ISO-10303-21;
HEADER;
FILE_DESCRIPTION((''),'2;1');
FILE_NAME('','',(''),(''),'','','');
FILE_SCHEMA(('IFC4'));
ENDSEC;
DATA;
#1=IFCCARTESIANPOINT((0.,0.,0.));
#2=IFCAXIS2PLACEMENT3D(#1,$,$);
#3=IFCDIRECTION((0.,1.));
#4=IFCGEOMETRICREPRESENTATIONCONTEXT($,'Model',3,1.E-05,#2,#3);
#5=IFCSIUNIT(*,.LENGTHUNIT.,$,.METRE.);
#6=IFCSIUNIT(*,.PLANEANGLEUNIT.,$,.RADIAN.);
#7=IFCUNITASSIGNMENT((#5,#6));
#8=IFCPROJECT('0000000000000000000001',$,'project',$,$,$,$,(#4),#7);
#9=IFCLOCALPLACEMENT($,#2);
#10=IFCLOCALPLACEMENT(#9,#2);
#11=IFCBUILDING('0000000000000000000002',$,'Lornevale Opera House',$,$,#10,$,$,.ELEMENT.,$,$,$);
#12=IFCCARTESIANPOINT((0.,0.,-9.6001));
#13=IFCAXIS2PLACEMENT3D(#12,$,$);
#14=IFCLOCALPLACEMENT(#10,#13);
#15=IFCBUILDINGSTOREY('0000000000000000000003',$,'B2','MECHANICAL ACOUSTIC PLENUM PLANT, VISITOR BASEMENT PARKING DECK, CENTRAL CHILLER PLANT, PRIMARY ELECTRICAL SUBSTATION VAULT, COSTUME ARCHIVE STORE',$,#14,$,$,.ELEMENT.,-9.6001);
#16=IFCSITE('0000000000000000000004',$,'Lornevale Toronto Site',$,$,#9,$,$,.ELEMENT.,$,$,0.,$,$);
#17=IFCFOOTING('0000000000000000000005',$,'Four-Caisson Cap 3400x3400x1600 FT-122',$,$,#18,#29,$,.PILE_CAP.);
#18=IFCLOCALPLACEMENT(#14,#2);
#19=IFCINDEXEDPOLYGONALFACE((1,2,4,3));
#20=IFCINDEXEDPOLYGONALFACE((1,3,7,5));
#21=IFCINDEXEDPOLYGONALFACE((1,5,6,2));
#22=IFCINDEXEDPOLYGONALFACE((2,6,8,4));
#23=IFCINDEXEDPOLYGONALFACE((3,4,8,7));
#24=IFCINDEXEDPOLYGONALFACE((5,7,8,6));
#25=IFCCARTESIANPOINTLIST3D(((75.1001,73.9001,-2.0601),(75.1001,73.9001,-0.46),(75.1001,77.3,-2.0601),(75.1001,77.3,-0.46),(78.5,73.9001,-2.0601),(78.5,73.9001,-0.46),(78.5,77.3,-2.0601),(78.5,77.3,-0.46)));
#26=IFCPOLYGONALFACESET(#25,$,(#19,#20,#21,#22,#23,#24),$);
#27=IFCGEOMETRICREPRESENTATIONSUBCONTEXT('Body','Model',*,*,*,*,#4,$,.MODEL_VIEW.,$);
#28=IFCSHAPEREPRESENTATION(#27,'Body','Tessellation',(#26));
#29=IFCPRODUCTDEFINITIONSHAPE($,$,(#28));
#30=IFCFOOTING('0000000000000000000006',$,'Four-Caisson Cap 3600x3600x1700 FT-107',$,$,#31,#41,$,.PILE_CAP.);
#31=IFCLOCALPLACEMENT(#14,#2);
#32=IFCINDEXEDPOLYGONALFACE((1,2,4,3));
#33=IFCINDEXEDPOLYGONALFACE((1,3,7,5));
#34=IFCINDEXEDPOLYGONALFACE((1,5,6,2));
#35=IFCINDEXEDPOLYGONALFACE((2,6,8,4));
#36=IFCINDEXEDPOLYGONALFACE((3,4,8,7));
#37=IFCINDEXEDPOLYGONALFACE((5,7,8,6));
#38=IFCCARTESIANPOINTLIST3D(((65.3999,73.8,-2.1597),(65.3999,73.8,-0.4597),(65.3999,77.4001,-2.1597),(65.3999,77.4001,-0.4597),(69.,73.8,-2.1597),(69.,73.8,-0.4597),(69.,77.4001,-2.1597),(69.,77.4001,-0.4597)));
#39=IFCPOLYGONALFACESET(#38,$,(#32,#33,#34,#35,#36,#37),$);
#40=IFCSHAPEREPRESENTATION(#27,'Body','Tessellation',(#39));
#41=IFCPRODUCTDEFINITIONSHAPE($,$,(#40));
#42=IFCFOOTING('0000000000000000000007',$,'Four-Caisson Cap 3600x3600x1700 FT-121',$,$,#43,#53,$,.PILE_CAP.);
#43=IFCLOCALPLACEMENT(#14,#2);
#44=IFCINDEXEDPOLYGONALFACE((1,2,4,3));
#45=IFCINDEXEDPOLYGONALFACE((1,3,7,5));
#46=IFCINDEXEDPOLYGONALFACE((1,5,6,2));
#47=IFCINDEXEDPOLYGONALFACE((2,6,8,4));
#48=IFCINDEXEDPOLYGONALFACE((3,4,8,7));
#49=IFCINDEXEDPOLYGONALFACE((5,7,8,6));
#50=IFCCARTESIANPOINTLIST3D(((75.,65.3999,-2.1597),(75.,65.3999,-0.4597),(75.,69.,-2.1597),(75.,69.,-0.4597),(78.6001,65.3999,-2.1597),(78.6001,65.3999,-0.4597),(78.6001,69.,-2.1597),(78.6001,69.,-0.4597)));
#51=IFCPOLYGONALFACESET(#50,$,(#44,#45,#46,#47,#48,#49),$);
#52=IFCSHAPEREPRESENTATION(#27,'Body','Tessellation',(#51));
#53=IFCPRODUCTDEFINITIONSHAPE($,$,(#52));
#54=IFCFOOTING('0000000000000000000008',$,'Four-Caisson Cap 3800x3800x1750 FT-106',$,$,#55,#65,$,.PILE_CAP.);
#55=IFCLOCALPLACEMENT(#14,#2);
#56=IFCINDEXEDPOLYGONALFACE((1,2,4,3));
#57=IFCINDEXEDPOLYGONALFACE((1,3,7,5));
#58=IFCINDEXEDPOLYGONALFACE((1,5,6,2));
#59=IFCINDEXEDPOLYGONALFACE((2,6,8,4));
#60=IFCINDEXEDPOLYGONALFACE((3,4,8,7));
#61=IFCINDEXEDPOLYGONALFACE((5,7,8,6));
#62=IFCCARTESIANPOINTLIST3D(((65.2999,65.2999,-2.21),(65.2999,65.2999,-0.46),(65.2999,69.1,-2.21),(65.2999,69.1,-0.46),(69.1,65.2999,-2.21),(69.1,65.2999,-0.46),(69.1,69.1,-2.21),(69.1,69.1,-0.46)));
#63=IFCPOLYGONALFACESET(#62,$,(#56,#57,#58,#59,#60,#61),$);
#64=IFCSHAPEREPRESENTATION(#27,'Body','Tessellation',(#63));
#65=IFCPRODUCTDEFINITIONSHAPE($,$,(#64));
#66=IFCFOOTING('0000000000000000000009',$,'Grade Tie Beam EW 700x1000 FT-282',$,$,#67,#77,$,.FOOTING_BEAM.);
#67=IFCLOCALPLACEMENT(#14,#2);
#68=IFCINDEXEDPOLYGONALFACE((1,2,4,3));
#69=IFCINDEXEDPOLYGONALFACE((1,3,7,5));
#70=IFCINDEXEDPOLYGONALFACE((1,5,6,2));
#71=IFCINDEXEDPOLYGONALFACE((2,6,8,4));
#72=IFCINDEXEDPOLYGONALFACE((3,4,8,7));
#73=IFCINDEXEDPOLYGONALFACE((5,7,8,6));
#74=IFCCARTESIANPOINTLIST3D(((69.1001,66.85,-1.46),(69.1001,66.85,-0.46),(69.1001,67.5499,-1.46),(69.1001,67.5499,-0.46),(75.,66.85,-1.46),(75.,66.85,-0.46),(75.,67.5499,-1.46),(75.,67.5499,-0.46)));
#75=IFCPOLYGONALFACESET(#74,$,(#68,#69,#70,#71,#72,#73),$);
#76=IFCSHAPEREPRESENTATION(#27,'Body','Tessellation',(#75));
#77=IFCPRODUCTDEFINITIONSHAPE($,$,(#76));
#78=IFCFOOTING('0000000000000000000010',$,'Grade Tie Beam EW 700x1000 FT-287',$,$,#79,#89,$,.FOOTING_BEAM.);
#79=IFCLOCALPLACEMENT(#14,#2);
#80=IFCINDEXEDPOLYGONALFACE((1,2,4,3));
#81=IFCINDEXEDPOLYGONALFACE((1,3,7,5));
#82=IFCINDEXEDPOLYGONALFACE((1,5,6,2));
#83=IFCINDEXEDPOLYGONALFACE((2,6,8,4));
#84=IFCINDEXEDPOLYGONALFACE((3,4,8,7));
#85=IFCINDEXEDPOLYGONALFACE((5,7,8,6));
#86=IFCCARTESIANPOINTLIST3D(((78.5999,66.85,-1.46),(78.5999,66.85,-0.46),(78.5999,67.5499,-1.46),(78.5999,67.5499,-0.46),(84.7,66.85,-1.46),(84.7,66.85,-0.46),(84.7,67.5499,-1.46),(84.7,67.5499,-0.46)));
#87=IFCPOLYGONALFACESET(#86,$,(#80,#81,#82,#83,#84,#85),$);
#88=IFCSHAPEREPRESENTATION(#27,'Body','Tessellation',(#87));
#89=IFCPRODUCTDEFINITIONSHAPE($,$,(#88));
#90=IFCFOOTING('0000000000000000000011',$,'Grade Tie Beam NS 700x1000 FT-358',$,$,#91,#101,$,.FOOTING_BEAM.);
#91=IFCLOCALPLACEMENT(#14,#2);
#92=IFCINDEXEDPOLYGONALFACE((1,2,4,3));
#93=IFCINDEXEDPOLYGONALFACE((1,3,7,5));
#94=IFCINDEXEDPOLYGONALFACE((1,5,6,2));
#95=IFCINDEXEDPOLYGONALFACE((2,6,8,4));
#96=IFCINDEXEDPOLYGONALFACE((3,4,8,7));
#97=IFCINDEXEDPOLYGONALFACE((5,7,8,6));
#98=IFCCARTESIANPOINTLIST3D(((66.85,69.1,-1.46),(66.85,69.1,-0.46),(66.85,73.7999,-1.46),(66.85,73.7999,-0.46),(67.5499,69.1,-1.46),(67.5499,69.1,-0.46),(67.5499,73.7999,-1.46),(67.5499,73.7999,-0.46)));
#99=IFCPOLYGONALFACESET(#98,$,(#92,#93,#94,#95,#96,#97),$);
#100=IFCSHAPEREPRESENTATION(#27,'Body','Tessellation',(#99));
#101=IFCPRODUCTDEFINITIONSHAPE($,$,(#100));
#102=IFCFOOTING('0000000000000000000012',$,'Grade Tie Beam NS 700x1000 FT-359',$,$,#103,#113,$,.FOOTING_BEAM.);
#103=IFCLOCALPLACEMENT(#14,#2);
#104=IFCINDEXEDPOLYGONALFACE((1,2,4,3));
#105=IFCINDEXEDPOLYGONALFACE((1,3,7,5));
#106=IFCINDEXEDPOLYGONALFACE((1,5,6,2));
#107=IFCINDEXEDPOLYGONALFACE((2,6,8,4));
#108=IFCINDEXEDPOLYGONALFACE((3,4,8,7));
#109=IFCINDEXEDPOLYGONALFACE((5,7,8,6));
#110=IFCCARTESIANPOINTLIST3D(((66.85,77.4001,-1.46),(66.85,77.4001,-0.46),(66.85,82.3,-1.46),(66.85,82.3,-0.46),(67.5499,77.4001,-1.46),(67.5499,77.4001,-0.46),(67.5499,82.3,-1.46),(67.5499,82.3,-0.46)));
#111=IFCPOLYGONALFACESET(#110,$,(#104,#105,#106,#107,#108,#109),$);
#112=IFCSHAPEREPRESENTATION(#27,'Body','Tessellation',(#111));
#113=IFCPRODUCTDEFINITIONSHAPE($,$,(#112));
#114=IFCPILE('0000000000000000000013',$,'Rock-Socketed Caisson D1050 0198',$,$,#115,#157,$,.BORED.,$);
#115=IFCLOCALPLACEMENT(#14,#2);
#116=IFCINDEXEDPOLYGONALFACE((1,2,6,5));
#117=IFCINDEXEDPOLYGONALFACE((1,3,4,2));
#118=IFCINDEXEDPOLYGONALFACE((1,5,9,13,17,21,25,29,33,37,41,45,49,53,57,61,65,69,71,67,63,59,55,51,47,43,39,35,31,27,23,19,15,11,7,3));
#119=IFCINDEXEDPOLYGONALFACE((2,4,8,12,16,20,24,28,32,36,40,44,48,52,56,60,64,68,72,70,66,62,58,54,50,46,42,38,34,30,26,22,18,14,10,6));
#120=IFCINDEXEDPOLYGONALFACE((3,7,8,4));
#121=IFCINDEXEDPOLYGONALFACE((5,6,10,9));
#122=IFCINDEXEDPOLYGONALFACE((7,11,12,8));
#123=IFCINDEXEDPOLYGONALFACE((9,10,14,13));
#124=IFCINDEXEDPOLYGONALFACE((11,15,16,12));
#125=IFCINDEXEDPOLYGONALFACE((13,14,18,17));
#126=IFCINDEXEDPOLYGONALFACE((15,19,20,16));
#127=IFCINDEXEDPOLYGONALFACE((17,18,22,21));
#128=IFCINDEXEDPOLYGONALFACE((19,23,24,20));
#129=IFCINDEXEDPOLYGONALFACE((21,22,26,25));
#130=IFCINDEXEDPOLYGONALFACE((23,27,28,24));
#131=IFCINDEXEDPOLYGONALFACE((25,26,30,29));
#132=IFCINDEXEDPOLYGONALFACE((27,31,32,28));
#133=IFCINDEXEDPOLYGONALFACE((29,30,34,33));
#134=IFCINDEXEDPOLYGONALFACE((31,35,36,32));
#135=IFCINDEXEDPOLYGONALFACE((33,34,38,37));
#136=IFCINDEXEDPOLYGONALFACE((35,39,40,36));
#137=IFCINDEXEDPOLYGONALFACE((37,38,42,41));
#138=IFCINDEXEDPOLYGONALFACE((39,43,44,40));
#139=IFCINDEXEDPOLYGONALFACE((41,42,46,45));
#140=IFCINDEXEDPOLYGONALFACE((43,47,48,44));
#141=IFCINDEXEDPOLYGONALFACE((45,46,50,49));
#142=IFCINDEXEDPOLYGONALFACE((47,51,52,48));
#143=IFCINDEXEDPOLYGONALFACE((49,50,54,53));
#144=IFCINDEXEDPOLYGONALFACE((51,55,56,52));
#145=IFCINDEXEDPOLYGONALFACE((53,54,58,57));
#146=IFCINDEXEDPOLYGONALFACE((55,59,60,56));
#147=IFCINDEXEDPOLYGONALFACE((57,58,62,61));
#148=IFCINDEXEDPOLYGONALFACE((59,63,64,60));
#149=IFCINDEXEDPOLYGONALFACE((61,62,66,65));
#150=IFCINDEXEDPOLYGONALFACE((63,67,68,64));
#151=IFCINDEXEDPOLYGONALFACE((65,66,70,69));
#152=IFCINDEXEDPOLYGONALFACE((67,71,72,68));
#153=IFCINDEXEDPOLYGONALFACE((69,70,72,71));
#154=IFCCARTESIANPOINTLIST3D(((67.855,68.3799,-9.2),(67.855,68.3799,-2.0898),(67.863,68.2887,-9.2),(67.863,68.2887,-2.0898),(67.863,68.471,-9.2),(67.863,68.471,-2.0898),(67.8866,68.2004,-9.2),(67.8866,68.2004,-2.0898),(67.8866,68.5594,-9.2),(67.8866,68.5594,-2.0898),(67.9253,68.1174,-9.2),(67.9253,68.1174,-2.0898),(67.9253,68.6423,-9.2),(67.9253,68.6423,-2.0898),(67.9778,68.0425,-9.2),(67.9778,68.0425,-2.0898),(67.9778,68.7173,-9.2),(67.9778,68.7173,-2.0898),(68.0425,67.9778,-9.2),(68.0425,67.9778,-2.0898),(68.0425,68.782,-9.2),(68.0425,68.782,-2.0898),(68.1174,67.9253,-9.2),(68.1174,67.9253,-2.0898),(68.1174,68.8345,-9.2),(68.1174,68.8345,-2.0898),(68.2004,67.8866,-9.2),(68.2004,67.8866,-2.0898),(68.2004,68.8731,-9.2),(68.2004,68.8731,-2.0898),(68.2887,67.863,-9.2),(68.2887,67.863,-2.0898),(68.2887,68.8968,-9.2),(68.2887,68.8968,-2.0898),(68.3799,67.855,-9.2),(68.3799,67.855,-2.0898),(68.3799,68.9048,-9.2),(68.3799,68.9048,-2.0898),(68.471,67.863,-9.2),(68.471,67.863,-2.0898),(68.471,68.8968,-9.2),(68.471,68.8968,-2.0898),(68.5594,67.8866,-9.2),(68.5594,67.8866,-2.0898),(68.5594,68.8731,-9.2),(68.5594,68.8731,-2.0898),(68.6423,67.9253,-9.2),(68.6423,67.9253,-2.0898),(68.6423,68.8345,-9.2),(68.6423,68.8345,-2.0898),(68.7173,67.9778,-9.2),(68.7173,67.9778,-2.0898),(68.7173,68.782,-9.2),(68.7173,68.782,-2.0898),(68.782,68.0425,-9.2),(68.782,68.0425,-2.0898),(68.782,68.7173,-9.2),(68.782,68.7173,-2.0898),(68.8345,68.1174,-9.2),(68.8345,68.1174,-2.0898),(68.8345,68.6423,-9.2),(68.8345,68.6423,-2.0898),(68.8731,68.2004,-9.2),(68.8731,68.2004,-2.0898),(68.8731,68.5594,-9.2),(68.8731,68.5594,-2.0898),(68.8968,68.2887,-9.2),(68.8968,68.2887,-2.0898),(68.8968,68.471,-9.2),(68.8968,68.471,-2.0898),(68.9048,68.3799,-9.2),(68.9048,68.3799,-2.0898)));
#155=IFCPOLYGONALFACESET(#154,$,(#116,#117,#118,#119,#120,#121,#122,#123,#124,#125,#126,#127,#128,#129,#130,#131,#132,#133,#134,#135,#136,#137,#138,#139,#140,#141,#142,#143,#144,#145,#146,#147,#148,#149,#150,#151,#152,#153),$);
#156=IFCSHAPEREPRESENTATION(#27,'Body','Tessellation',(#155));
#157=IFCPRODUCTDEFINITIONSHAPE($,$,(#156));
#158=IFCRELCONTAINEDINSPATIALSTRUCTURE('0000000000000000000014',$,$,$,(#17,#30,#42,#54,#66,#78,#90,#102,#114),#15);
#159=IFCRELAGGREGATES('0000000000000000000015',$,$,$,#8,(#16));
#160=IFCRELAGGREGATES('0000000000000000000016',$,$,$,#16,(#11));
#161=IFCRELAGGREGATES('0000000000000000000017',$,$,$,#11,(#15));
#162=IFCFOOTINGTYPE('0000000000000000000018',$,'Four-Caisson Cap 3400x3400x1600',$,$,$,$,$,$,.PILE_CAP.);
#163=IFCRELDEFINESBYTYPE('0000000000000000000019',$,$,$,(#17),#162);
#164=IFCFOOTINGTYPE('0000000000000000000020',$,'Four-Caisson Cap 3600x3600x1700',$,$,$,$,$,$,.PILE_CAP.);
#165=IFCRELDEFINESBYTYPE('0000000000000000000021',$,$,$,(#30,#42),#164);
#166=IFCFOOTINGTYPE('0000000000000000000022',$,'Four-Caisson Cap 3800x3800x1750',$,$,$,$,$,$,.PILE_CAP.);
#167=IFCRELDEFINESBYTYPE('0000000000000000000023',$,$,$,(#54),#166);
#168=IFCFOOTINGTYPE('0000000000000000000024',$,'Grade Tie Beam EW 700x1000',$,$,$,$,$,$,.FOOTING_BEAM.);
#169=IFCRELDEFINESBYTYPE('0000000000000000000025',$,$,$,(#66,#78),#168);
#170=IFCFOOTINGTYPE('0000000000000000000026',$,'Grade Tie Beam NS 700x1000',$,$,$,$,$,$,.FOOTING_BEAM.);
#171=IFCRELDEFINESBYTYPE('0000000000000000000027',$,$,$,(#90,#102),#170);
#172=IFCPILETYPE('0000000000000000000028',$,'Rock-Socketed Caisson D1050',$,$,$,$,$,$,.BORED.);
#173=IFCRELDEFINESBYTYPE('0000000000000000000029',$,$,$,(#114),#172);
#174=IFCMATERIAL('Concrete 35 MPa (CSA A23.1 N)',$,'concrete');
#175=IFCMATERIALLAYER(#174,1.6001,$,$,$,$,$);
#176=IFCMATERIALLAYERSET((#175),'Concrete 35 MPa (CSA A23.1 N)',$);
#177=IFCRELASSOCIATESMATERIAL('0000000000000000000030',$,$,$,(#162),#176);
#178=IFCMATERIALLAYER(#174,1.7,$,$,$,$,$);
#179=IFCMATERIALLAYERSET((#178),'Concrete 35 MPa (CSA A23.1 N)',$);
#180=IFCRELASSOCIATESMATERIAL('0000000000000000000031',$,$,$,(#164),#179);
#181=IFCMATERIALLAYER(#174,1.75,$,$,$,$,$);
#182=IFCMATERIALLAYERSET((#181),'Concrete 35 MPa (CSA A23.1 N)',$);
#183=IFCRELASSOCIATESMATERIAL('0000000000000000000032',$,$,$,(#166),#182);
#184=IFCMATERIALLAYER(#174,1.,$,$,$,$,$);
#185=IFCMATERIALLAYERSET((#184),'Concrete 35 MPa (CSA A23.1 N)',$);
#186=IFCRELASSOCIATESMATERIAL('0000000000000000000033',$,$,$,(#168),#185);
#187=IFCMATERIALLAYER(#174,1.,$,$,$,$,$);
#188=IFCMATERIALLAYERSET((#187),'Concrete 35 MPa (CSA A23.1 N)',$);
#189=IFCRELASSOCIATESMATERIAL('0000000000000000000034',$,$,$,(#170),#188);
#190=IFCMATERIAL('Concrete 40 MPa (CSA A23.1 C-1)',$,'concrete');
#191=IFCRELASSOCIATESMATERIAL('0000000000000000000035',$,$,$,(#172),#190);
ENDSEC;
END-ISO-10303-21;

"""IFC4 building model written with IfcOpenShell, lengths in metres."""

from ifc_helpers import new_model, si_unit, direction, frame, origin, origin_2d, place, context, subcontext, project, spatial, rectangle, circle, extrude, material, layer, layer_set, material_profile, profile_set, type_object, element, save


model = new_model("IFC4")

# Units and contexts
model_context = context("Model", 3, precision=1e-05, world=origin(), true_north=direction((0.0, 1.0)))
body_context = subcontext(model_context, "Body", "Model", "MODEL_VIEW")
ifc_project = project(units=[si_unit("LENGTHUNIT", "METRE"), si_unit("PLANEANGLEUNIT", "RADIAN")], contexts=[model_context])

# Site, building, storey
site_placement = place(None, origin())
site = spatial("IfcSite", under=ifc_project, at=site_placement, Name="Lornevale Toronto Site", CompositionType="ELEMENT", RefElevation=0.0)
building_placement = place(site_placement, origin())
building = spatial("IfcBuilding", under=site, at=building_placement, Name="Lornevale Opera House", CompositionType="ELEMENT")
storey_placement = place(building_placement, frame((0.0, 0.0, -9.6001)))
storey = spatial("IfcBuildingStorey", under=building, at=storey_placement, Name="B2", Description="MECHANICAL ACOUSTIC PLENUM PLANT, VISITOR BASEMENT PARKING DECK, CENTRAL CHILLER PLANT, PRIMARY ELECTRICAL SUBSTATION VAULT, COSTUME ARCHIVE STORE", CompositionType="ELEMENT", Elevation=-9.6001)

# Footings
ifc_material_1 = material(Name="Concrete 35 MPa (CSA A23.1 N)", Category="concrete")
ifc_layer_1 = layer(ifc_material_1, 1.6001)
ifc_layer_set_1 = layer_set([ifc_layer_1], Name="Concrete 35 MPa (CSA A23.1 N)")
footing_type_1 = type_object("IfcFootingType", Name="Four-Caisson Cap 3400x3400x1600", PredefinedType="PILE_CAP", material=ifc_layer_set_1)
footing_1_placement = place(storey_placement, frame((76.8, 75.6001, -2.0601), z_axis=(0.0, 0.0, 1.0), x_axis=(1.0, 0.0, 0.0)))
element("IfcFooting", 1, at=footing_1_placement, inside=storey, type_object=footing_type_1, Name="Four-Caisson Cap 3400x3400x1600 FT-122", PredefinedType="PILE_CAP", context=body_context, shape_type="SweptSolid", body=[
    extrude(rectangle(XDim=3.3999, YDim=3.3999, at=origin_2d()), origin(), (0.0, 0.0, 1.0), 1.6001),
])
ifc_layer_2 = layer(ifc_material_1, 1.7)
ifc_layer_set_2 = layer_set([ifc_layer_2], Name="Concrete 35 MPa (CSA A23.1 N)")
footing_type_2 = type_object("IfcFootingType", Name="Four-Caisson Cap 3600x3600x1700", PredefinedType="PILE_CAP", material=ifc_layer_set_2)
for number, where, z_axis, x_axis, name in (
    (2, (67.2, 75.6001, -2.1597), (0.0, 0.0, 1.0), (1.0, 0.0, 0.0), "Four-Caisson Cap 3600x3600x1700 FT-107"),
    (3, (76.8, 67.2, -2.1597), (0.0, 0.0, 1.0), (1.0, 0.0, 0.0), "Four-Caisson Cap 3600x3600x1700 FT-121"),
):
    element("IfcFooting", number, at=place(storey_placement, frame(where, z_axis=z_axis, x_axis=x_axis)), inside=storey, type_object=footing_type_2, Name=name, PredefinedType="PILE_CAP", context=body_context, shape_type="SweptSolid", body=[
        extrude(rectangle(XDim=3.6001, YDim=3.6001, at=origin_2d()), origin(), (0.0, 0.0, 1.0), 1.7),
    ])
ifc_layer_3 = layer(ifc_material_1, 1.75)
ifc_layer_set_3 = layer_set([ifc_layer_3], Name="Concrete 35 MPa (CSA A23.1 N)")
footing_type_3 = type_object("IfcFootingType", Name="Four-Caisson Cap 3800x3800x1750", PredefinedType="PILE_CAP", material=ifc_layer_set_3)
footing_2_placement = place(storey_placement, frame((67.2, 67.2, -2.21), z_axis=(0.0, 0.0, 1.0), x_axis=(1.0, 0.0, 0.0)))
element("IfcFooting", 4, at=footing_2_placement, inside=storey, type_object=footing_type_3, Name="Four-Caisson Cap 3800x3800x1750 FT-106", PredefinedType="PILE_CAP", context=body_context, shape_type="SweptSolid", body=[
    extrude(rectangle(XDim=3.8, YDim=3.8, at=origin_2d()), origin(), (0.0, 0.0, 1.0), 1.75),
])
ifc_layer_4 = layer(ifc_material_1, 1.0)
ifc_layer_set_4 = layer_set([ifc_layer_4], Name="Concrete 35 MPa (CSA A23.1 N)")
footing_type_4 = type_object("IfcFootingType", Name="Grade Tie Beam EW 700x1000", PredefinedType="FOOTING_BEAM", material=ifc_layer_set_4)
footing_3_placement = place(storey_placement, frame((72.05, 67.2, -1.46), z_axis=(0.0, 0.0, 1.0), x_axis=(1.0, 0.0, 0.0)))
element("IfcFooting", 5, at=footing_3_placement, inside=storey, type_object=footing_type_4, Name="Grade Tie Beam EW 700x1000 FT-282", PredefinedType="FOOTING_BEAM", context=body_context, shape_type="SweptSolid", body=[
    extrude(rectangle(XDim=5.8999, YDim=0.7, at=origin_2d()), origin(), (0.0, 0.0, 1.0), 1.0),
])
footing_4_placement = place(storey_placement, frame((81.6499, 67.2, -1.46), z_axis=(0.0, 0.0, 1.0), x_axis=(1.0, 0.0, 0.0)))
element("IfcFooting", 6, at=footing_4_placement, inside=storey, type_object=footing_type_4, Name="Grade Tie Beam EW 700x1000 FT-287", PredefinedType="FOOTING_BEAM", context=body_context, shape_type="SweptSolid", body=[
    extrude(rectangle(XDim=6.1001, YDim=0.7, at=origin_2d()), origin(), (0.0, 0.0, 1.0), 1.0),
])
ifc_layer_5 = layer(ifc_material_1, 1.0)
ifc_layer_set_5 = layer_set([ifc_layer_5], Name="Concrete 35 MPa (CSA A23.1 N)")
footing_type_5 = type_object("IfcFootingType", Name="Grade Tie Beam NS 700x1000", PredefinedType="FOOTING_BEAM", material=ifc_layer_set_5)
footing_5_placement = place(storey_placement, frame((67.2, 71.45, -1.46), z_axis=(0.0, 0.0, 1.0), x_axis=(1.0, 0.0, 0.0)))
element("IfcFooting", 7, at=footing_5_placement, inside=storey, type_object=footing_type_5, Name="Grade Tie Beam NS 700x1000 FT-358", PredefinedType="FOOTING_BEAM", context=body_context, shape_type="SweptSolid", body=[
    extrude(rectangle(XDim=0.7, YDim=4.7, at=origin_2d()), origin(), (0.0, 0.0, 1.0), 1.0),
])
footing_6_placement = place(storey_placement, frame((67.2, 79.8501, -1.46), z_axis=(0.0, 0.0, 1.0), x_axis=(1.0, 0.0, 0.0)))
element("IfcFooting", 8, at=footing_6_placement, inside=storey, type_object=footing_type_5, Name="Grade Tie Beam NS 700x1000 FT-359", PredefinedType="FOOTING_BEAM", context=body_context, shape_type="SweptSolid", body=[
    extrude(rectangle(XDim=0.7, YDim=4.8999, at=origin_2d()), origin(), (0.0, 0.0, 1.0), 1.0),
])

# Pile
ifc_material_2 = material(Name="Concrete 40 MPa (CSA A23.1 C-1)", Category="concrete")
ifc_material_profile_1 = material_profile(ifc_material_2, circle(Radius=0.5249, at=origin_2d()), Name="CAIS1050")
ifc_profile_set_1 = profile_set([ifc_material_profile_1], Name="Concrete 40 MPa (CSA A23.1 C-1)")
pile_type_1 = type_object("IfcPileType", Name="Rock-Socketed Caisson D1050", PredefinedType="BORED", material=ifc_profile_set_1)
pile_placement = place(storey_placement, frame((68.3799, 68.3799, -2.0898), z_axis=(0.0, 0.0, -1.0), x_axis=(1.0, 0.0, 0.0)))
element("IfcPile", 9, at=pile_placement, inside=storey, type_object=pile_type_1, Name="Rock-Socketed Caisson D1050 0198", PredefinedType="BORED", context=body_context, shape_type="SweptSolid", body=[
    extrude(circle(Radius=0.5249, at=origin_2d()), origin(), (0.0, 0.0, 1.0), 7.1101),
])

save(model, "model.ifc")
